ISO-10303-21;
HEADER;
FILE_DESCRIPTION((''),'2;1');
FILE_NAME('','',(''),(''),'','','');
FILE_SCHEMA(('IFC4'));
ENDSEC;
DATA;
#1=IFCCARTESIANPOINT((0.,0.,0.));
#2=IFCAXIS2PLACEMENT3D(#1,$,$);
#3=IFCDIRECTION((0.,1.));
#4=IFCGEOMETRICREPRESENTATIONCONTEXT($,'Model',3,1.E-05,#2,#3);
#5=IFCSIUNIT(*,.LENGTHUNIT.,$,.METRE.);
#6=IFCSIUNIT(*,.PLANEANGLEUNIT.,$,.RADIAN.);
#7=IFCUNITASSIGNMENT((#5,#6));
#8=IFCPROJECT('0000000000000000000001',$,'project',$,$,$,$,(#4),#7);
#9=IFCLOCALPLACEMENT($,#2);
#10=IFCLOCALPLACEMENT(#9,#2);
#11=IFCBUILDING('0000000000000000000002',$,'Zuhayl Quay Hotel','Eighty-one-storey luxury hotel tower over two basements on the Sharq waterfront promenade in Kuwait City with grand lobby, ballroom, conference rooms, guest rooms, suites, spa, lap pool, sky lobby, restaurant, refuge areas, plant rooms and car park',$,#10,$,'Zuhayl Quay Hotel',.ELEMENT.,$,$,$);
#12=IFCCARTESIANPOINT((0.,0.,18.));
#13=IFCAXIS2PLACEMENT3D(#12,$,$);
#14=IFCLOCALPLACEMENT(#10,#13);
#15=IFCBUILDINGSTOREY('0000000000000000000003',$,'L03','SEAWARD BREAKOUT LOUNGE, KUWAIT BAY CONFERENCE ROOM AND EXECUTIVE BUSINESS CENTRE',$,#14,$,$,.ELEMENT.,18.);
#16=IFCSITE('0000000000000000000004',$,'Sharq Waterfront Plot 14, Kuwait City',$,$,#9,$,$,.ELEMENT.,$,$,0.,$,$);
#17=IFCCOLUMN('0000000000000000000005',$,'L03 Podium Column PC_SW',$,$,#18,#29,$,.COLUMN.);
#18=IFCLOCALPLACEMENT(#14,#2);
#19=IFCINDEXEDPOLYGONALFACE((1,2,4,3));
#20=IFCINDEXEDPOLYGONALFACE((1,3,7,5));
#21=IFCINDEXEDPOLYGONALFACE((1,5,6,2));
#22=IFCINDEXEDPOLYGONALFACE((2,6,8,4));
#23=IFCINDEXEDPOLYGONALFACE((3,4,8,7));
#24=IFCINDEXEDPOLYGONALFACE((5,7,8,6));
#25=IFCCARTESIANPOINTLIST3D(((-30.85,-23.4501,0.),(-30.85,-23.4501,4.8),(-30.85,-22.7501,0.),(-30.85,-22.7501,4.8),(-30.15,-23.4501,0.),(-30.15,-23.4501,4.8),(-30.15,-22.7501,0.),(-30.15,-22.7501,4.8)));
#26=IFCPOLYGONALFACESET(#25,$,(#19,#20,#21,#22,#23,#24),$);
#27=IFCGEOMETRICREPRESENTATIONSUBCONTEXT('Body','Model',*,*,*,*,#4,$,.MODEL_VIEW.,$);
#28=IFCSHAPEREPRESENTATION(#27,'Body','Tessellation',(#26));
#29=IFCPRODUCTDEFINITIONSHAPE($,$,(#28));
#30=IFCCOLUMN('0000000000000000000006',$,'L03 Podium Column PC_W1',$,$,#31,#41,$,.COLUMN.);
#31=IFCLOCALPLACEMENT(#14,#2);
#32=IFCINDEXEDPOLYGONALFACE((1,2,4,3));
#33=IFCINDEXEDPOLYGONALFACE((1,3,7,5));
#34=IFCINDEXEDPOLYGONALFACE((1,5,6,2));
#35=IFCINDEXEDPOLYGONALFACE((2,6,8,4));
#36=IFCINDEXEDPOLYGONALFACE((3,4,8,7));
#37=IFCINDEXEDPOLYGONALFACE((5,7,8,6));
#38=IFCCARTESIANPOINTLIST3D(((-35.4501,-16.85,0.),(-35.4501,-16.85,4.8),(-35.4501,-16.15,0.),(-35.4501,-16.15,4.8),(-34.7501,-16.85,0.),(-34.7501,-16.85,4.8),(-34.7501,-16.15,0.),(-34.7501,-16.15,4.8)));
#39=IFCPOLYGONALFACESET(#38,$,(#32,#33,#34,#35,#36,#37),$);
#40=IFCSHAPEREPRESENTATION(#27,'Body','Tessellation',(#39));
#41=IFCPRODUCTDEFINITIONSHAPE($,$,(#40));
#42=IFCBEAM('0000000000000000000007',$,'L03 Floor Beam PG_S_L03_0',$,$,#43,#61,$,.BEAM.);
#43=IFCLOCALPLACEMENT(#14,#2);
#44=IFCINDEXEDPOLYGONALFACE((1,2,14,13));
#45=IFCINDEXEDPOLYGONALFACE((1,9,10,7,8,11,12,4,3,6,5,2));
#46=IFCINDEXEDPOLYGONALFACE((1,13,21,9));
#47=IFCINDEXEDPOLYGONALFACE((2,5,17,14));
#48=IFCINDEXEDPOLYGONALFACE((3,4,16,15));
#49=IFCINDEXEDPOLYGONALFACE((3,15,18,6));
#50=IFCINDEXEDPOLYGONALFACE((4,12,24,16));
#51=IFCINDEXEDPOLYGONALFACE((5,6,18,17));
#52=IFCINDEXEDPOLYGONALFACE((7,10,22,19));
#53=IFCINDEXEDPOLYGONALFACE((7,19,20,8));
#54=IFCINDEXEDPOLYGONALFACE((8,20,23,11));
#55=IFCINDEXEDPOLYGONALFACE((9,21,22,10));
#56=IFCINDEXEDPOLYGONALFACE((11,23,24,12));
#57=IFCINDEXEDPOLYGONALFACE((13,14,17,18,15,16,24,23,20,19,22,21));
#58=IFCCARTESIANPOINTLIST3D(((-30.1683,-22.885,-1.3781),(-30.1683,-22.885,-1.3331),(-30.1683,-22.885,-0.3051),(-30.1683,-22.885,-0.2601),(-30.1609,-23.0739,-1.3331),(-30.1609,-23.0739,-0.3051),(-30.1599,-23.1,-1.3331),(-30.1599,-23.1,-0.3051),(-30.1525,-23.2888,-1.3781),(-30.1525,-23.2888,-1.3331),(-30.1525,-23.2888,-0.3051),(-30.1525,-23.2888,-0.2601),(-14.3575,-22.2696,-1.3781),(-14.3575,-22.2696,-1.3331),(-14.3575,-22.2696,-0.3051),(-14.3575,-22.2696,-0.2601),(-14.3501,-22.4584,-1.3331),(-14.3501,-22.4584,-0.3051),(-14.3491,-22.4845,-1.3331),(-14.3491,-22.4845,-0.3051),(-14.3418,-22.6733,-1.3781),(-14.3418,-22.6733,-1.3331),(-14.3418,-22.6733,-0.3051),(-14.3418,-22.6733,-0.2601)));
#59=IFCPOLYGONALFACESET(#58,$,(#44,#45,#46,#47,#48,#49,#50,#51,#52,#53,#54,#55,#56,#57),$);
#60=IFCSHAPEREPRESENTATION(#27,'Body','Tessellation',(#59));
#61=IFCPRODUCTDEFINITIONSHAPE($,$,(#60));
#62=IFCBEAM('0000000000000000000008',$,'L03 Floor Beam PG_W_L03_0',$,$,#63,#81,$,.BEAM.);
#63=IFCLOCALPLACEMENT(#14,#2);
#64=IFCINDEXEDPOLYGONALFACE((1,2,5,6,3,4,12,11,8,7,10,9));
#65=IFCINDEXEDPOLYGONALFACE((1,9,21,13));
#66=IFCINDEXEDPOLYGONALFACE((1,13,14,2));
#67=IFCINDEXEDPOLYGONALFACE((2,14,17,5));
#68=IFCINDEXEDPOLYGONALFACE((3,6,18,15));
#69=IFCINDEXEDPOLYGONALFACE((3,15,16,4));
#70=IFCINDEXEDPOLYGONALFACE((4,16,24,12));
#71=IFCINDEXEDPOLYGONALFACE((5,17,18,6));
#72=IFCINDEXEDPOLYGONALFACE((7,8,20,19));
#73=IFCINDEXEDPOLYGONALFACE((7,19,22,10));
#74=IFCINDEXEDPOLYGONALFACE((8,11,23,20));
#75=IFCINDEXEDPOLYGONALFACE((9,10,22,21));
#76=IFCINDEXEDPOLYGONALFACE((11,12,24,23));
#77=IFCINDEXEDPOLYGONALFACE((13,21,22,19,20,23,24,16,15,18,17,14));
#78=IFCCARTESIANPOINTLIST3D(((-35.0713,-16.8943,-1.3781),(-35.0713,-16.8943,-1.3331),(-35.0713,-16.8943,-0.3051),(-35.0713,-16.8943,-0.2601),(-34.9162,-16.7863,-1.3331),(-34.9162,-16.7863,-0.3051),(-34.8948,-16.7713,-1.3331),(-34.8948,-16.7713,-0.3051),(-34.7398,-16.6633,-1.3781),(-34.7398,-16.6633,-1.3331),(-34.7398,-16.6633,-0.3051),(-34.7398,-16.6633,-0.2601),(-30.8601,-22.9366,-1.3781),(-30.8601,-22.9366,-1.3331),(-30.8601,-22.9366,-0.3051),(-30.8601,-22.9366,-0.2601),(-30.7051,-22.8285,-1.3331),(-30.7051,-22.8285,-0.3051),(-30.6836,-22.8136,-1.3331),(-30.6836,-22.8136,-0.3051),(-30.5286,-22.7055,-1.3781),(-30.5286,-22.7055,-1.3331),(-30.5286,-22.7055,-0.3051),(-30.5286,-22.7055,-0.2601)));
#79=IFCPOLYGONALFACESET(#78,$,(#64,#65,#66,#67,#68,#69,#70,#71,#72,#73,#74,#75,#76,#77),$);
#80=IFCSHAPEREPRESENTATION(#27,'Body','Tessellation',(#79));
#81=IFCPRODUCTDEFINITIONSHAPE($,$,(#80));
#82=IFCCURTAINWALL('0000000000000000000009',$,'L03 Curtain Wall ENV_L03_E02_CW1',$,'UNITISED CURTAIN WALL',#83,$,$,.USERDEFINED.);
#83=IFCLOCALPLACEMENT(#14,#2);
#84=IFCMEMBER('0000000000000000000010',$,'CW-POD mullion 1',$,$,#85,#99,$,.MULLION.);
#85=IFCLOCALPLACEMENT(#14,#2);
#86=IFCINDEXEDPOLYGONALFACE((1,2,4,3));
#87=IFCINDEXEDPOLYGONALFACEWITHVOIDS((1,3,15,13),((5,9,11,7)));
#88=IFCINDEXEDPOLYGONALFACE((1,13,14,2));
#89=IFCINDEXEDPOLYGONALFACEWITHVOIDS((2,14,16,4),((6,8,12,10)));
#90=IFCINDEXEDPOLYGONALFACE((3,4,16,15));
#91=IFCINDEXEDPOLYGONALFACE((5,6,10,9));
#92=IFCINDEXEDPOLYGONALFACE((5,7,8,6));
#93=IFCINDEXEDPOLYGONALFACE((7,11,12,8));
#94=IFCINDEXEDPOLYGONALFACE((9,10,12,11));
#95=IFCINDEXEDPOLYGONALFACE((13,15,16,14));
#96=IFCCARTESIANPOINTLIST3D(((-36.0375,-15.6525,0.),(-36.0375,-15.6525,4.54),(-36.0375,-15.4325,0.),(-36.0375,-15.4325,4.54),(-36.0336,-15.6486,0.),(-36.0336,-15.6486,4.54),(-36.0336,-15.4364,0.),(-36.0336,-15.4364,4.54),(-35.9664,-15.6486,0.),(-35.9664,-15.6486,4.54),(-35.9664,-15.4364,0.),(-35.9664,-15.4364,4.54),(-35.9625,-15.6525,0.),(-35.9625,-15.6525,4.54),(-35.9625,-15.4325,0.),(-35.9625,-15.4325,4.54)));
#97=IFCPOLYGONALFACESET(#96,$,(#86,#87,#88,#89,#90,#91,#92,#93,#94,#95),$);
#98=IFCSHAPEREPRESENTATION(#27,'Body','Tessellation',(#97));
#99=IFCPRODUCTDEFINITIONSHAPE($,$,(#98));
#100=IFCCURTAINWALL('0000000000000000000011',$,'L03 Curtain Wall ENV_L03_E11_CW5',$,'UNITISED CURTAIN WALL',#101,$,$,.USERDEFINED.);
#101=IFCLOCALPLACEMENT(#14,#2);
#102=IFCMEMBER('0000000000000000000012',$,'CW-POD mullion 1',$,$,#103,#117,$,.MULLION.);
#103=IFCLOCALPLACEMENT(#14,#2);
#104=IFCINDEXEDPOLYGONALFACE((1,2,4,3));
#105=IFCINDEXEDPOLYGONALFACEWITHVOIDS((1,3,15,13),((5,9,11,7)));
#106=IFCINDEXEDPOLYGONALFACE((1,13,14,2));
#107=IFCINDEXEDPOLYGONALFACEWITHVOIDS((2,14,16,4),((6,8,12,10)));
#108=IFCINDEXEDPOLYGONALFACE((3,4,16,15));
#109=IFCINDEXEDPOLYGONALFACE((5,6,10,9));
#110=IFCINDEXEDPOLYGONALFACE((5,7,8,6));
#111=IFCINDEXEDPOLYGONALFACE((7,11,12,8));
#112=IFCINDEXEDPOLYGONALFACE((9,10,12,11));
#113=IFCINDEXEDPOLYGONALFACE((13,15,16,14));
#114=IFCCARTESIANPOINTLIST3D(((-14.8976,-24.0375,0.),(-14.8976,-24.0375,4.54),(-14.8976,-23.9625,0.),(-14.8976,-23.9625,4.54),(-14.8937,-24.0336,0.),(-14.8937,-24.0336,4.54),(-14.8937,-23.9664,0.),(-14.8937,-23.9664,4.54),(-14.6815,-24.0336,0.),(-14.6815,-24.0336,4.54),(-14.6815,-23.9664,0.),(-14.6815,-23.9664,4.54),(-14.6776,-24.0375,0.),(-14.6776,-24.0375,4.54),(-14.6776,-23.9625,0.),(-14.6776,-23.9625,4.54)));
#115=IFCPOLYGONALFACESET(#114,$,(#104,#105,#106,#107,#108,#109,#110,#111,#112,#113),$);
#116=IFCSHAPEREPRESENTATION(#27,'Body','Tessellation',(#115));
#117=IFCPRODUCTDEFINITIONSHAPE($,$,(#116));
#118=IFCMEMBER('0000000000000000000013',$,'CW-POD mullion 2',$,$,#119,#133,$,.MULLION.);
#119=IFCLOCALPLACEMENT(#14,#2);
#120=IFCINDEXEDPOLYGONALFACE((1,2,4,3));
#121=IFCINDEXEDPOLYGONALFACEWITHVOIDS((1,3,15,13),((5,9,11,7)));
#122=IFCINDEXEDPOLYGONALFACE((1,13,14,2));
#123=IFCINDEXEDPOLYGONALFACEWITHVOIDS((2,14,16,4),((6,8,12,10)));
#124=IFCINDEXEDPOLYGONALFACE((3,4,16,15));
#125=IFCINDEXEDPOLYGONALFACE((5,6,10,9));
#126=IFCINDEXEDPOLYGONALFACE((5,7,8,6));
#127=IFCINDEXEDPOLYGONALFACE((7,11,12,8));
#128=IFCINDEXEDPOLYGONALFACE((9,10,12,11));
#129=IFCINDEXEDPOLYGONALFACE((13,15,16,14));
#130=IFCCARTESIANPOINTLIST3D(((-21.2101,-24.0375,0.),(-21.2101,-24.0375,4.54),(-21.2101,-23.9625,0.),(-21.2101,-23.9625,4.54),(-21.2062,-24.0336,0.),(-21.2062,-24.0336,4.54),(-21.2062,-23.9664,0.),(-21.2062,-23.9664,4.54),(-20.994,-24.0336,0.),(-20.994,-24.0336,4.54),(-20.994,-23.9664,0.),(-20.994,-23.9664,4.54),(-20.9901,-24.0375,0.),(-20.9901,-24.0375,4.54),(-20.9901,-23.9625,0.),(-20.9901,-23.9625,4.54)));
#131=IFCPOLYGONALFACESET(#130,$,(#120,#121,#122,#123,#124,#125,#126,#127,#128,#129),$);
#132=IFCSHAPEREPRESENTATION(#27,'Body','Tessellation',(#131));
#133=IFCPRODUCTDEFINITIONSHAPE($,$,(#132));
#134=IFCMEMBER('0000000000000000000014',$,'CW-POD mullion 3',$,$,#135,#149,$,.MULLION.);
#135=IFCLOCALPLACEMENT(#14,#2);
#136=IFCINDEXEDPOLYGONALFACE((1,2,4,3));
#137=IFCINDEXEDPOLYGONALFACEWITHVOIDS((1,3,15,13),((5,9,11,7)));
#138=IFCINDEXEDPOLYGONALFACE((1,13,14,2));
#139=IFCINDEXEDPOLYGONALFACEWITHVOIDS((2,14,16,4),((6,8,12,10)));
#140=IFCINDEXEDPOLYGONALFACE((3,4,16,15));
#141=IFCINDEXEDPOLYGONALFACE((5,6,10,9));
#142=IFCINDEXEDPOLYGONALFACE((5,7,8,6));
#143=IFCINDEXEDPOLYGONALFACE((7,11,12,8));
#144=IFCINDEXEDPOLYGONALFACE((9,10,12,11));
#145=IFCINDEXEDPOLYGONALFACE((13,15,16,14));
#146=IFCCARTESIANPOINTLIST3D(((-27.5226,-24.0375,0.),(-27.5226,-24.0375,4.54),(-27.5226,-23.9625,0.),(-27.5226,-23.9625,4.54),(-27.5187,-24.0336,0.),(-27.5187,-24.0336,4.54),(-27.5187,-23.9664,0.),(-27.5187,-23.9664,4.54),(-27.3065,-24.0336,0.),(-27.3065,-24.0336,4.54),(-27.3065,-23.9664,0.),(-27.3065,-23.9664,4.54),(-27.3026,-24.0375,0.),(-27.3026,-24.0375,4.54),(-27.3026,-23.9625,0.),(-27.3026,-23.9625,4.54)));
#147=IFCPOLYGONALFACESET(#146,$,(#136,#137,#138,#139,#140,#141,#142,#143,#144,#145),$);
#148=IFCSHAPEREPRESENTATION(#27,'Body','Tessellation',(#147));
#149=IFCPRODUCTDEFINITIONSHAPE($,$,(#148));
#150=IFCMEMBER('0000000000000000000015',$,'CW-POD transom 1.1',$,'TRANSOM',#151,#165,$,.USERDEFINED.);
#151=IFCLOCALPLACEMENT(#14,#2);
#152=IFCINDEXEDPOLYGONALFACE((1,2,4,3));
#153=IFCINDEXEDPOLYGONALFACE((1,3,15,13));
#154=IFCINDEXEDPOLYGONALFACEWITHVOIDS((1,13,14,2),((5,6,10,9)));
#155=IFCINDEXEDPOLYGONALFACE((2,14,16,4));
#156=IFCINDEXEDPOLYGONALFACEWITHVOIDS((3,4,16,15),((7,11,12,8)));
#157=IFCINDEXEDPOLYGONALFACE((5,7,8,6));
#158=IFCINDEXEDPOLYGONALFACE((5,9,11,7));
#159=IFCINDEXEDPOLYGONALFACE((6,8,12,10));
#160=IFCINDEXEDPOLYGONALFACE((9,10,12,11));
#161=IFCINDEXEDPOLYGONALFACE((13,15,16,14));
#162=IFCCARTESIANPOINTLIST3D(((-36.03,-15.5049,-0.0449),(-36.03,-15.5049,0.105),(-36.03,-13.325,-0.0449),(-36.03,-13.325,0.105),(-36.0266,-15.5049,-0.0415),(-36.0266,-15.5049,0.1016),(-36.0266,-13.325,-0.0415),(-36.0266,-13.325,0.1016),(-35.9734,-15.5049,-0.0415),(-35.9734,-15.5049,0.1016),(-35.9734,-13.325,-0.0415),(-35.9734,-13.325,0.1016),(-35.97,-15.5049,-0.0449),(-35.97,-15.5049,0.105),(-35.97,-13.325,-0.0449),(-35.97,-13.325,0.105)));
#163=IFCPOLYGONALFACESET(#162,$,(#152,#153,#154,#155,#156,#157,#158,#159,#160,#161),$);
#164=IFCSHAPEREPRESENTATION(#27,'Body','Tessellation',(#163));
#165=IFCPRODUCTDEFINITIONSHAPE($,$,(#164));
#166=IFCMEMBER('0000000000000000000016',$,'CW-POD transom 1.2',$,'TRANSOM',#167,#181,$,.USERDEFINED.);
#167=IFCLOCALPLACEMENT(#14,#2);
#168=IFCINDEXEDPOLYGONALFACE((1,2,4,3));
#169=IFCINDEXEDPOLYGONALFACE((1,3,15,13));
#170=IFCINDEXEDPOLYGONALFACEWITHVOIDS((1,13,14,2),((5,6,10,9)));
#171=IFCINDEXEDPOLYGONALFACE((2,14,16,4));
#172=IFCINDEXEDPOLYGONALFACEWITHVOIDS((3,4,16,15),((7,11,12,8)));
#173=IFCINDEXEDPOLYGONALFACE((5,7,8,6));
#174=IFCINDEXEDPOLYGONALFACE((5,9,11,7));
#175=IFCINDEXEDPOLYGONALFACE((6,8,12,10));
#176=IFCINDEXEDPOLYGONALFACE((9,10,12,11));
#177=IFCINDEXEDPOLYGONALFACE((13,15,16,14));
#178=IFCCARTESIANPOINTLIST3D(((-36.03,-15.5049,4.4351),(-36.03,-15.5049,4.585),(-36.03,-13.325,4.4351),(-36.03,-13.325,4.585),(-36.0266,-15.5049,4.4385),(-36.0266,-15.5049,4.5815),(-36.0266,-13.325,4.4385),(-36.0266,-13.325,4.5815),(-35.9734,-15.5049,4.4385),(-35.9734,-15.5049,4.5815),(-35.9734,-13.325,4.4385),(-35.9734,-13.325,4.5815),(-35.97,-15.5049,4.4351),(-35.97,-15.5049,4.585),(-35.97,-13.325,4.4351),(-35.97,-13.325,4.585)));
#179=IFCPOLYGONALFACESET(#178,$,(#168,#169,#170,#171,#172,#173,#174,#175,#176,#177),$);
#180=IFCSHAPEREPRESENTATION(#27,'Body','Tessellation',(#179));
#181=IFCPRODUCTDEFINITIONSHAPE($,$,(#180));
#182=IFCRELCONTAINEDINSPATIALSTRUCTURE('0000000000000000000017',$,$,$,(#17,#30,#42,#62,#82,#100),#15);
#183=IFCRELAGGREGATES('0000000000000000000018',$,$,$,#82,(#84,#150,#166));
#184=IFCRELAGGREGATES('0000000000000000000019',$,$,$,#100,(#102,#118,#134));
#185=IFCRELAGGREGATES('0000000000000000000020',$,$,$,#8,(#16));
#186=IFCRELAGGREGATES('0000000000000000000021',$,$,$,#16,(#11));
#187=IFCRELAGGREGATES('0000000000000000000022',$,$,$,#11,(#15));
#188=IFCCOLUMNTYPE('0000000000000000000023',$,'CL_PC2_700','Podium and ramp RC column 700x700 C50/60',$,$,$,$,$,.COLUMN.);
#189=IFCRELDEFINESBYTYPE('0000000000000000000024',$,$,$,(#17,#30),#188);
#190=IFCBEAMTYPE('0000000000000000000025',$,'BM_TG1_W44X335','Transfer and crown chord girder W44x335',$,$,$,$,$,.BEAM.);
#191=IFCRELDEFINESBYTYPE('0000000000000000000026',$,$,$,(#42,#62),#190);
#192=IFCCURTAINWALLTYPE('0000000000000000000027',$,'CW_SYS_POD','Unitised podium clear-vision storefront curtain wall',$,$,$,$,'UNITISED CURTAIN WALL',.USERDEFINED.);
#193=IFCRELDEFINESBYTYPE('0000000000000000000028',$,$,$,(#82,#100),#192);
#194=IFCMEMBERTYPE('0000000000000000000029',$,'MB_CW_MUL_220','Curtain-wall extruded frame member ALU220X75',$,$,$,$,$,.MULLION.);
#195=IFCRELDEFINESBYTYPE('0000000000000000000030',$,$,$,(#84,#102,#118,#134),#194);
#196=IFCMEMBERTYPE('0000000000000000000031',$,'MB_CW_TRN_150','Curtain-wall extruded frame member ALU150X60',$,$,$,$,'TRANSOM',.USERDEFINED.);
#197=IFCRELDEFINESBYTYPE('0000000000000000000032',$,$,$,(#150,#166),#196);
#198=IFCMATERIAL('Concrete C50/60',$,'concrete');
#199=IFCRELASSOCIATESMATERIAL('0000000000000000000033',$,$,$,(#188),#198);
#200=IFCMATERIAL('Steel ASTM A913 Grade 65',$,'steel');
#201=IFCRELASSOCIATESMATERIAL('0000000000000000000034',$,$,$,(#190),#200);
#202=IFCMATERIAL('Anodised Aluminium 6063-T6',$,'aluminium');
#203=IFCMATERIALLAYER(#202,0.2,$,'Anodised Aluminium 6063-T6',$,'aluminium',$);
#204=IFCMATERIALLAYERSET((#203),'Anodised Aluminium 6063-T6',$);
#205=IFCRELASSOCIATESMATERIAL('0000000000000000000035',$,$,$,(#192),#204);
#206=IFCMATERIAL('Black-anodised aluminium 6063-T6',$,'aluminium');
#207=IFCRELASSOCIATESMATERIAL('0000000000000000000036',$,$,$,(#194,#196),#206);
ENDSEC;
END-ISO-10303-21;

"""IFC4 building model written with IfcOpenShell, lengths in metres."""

from ifc_helpers import new_model, si_unit, direction, frame, origin, origin_2d, place, context, subcontext, project, spatial, rectangle, hollow_rectangle, i_section, extrude, material, layer, layer_set, material_profile, profile_set, type_object, element, aggregate, save


model = new_model("IFC4")

# Units and contexts
model_context = context("Model", 3, precision=1e-05, world=origin(), true_north=direction((0.0, 1.0)))
body_context = subcontext(model_context, "Body", "Model", "MODEL_VIEW")
ifc_project = project(units=[si_unit("LENGTHUNIT", "METRE"), si_unit("PLANEANGLEUNIT", "RADIAN")], contexts=[model_context])

# Site, building, storey
site_placement = place(None, origin())
site = spatial("IfcSite", under=ifc_project, at=site_placement, Name="Sharq Waterfront Plot 14, Kuwait City", CompositionType="ELEMENT", RefElevation=0.0)
building_placement = place(site_placement, origin())
building = spatial("IfcBuilding", under=site, at=building_placement, Name="Zuhayl Quay Hotel", Description="Eighty-one-storey luxury hotel tower over two basements on the Sharq waterfront promenade in Kuwait City with grand lobby, ballroom, conference rooms, guest rooms, suites, spa, lap pool, sky lobby, restaurant, refuge areas, plant rooms and car park", LongName="Zuhayl Quay Hotel", CompositionType="ELEMENT")
storey_placement = place(building_placement, frame((0.0, 0.0, 18.0)))
storey = spatial("IfcBuildingStorey", under=building, at=storey_placement, Name="L03", Description="SEAWARD BREAKOUT LOUNGE, KUWAIT BAY CONFERENCE ROOM AND EXECUTIVE BUSINESS CENTRE", CompositionType="ELEMENT", Elevation=18.0)

# Columns
ifc_material_1 = material(Name="Concrete C50/60", Category="concrete")
ifc_material_profile_1 = material_profile(ifc_material_1, rectangle(XDim=0.7, YDim=0.7, at=origin_2d()), Name="RC700X700")
ifc_profile_set_1 = profile_set([ifc_material_profile_1], Name="Concrete C50/60")
column_type = type_object("IfcColumnType", Name="CL_PC2_700", Description="Podium and ramp RC column 700x700 C50/60", PredefinedType="COLUMN", material=ifc_profile_set_1)
for number, where, z_axis, x_axis, name in (
    (1, (-30.5, -23.1001, 0.0), (0.0, 0.0, 1.0), (1.0, 0.0, 0.0), "L03 Podium Column PC_SW"),
    (2, (-35.1001, -16.5, 0.0), (0.0, 0.0, 1.0), (1.0, 0.0, 0.0), "L03 Podium Column PC_W1"),
):
    element("IfcColumn", number, at=place(storey_placement, frame(where, z_axis=z_axis, x_axis=x_axis)), inside=storey, type_object=column_type, Name=name, PredefinedType="COLUMN", context=body_context, shape_type="SweptSolid", body=[
        extrude(rectangle(XDim=0.7, YDim=0.7, at=origin_2d()), origin(), (0.0, 0.0, 1.0), 4.8),
    ])

# Beams
ifc_material_2 = material(Name="Steel ASTM A913 Grade 65", Category="steel")
ifc_material_profile_2 = material_profile(ifc_material_2, i_section(OverallWidth=0.4041, OverallDepth=1.1179, WebThickness=0.0261, FlangeThickness=0.0449, at=origin_2d()), Name="W44X335")
ifc_profile_set_2 = profile_set([ifc_material_profile_2], Name="Steel ASTM A913 Grade 65")
beam_type = type_object("IfcBeamType", Name="BM_TG1_W44X335", Description="Transfer and crown chord girder W44x335", PredefinedType="BEAM", material=ifc_profile_set_2)
beam_1_placement = place(storey_placement, frame((-30.1604, -23.0869, -0.8191), z_axis=(0.999243, 0.038898, 0.0), x_axis=(-0.038898, 0.999243, 0.0)))
element("IfcBeam", 3, at=beam_1_placement, inside=storey, type_object=beam_type, Name="L03 Floor Beam PG_S_L03_0", PredefinedType="BEAM", context=body_context, shape_type="SweptSolid", body=[
    extrude(i_section(OverallWidth=0.4041, OverallDepth=1.1179, WebThickness=0.0261, FlangeThickness=0.0449, at=origin_2d()), origin(), (0.0, 0.0, 1.0), 15.8228),
])
beam_2_placement = place(storey_placement, frame((-30.6943, -22.821, -0.8191), z_axis=(-0.571786, 0.820403, 0.0), x_axis=(-0.820403, -0.571786, 0.0)))
element("IfcBeam", 4, at=beam_2_placement, inside=storey, type_object=beam_type, Name="L03 Floor Beam PG_W_L03_0", PredefinedType="BEAM", context=body_context, shape_type="SweptSolid", body=[
    extrude(i_section(OverallWidth=0.4041, OverallDepth=1.1179, WebThickness=0.0261, FlangeThickness=0.0449, at=origin_2d()), origin(), (0.0, 0.0, 1.0), 7.365),
])

# Curtain wall, member
ifc_material_3 = material(Name="Anodised Aluminium 6063-T6", Category="aluminium")
ifc_layer_1 = layer(ifc_material_3, 0.2, Name="Anodised Aluminium 6063-T6", Category="aluminium")
ifc_layer_set_1 = layer_set([ifc_layer_1], Name="Anodised Aluminium 6063-T6")
curtain_wall_type = type_object("IfcCurtainWallType", Name="CW_SYS_POD", Description="Unitised podium clear-vision storefront curtain wall", ElementType="UNITISED CURTAIN WALL", PredefinedType="USERDEFINED", material=ifc_layer_set_1)
curtain_wall_1_placement = place(storey_placement, origin())
curtain_wall_1 = element("IfcCurtainWall", 5, at=curtain_wall_1_placement, inside=storey, type_object=curtain_wall_type, Name="L03 Curtain Wall ENV_L03_E02_CW1", ObjectType="UNITISED CURTAIN WALL", PredefinedType="USERDEFINED")
ifc_material_4 = material(Name="Black-anodised aluminium 6063-T6", Category="aluminium")
ifc_material_profile_3 = material_profile(ifc_material_4, hollow_rectangle(XDim=0.075, YDim=0.22, WallThickness=0.0039, at=origin_2d()), Name="ALU220X75")
ifc_profile_set_3 = profile_set([ifc_material_profile_3], Name="Black-anodised aluminium 6063-T6")
member_type_1 = type_object("IfcMemberType", Name="MB_CW_MUL_220", Description="Curtain-wall extruded frame member ALU220X75", PredefinedType="MULLION", material=ifc_profile_set_3)
member_1_placement = place(storey_placement, frame((-36.0, -15.5425, 0.0), z_axis=(0.0, 0.0, 1.0), x_axis=(-1.0, 0.0, 0.0)))
member_1 = element("IfcMember", 6, at=member_1_placement, type_object=member_type_1, Name="CW-POD mullion 1", PredefinedType="MULLION", context=body_context, shape_type="SweptSolid", body=[
    extrude(hollow_rectangle(XDim=0.075, YDim=0.22, WallThickness=0.0039, at=origin_2d()), origin(), (0.0, 0.0, 1.0), 4.54),
])

# Curtain wall, members
curtain_wall_2_placement = place(storey_placement, origin())
curtain_wall_2 = element("IfcCurtainWall", 7, at=curtain_wall_2_placement, inside=storey, type_object=curtain_wall_type, Name="L03 Curtain Wall ENV_L03_E11_CW5", ObjectType="UNITISED CURTAIN WALL", PredefinedType="USERDEFINED")
member_2_placement = place(storey_placement, frame((-14.7876, -24.0, 0.0), z_axis=(0.0, 0.0, 1.0), x_axis=(0.0, -1.0, 0.0)))
member_2 = element("IfcMember", 8, at=member_2_placement, type_object=member_type_1, Name="CW-POD mullion 1", PredefinedType="MULLION", context=body_context, shape_type="SweptSolid", body=[
    extrude(hollow_rectangle(XDim=0.075, YDim=0.22, WallThickness=0.0039, at=origin_2d()), origin(), (0.0, 0.0, 1.0), 4.54),
])
member_3_placement = place(storey_placement, frame((-21.1001, -24.0, 0.0), z_axis=(0.0, 0.0, 1.0), x_axis=(0.0, -1.0, 0.0)))
member_3 = element("IfcMember", 9, at=member_3_placement, type_object=member_type_1, Name="CW-POD mullion 2", PredefinedType="MULLION", context=body_context, shape_type="SweptSolid", body=[
    extrude(hollow_rectangle(XDim=0.075, YDim=0.22, WallThickness=0.0039, at=origin_2d()), origin(), (0.0, 0.0, 1.0), 4.54),
])
member_4_placement = place(storey_placement, frame((-27.4126, -24.0, 0.0), z_axis=(0.0, 0.0, 1.0), x_axis=(0.0, -1.0, 0.0)))
member_4 = element("IfcMember", 10, at=member_4_placement, type_object=member_type_1, Name="CW-POD mullion 3", PredefinedType="MULLION", context=body_context, shape_type="SweptSolid", body=[
    extrude(hollow_rectangle(XDim=0.075, YDim=0.22, WallThickness=0.0039, at=origin_2d()), origin(), (0.0, 0.0, 1.0), 4.54),
])

# Members
ifc_material_profile_4 = material_profile(ifc_material_4, hollow_rectangle(XDim=0.0601, YDim=0.1499, WallThickness=0.0034, at=origin_2d()), Name="ALU150X60")
ifc_profile_set_4 = profile_set([ifc_material_profile_4], Name="Black-anodised aluminium 6063-T6")
member_type_2 = type_object("IfcMemberType", Name="MB_CW_TRN_150", Description="Curtain-wall extruded frame member ALU150X60", ElementType="TRANSOM", PredefinedType="USERDEFINED", material=ifc_profile_set_4)
member_5_placement = place(storey_placement, frame((-36.0, -15.5049, 0.03), z_axis=(0.0, 1.0, 0.0), x_axis=(-1.0, 0.0, 0.0)))
member_5 = element("IfcMember", 11, at=member_5_placement, type_object=member_type_2, Name="CW-POD transom 1.1", ObjectType="TRANSOM", PredefinedType="USERDEFINED", context=body_context, shape_type="SweptSolid", body=[
    extrude(hollow_rectangle(XDim=0.0601, YDim=0.1499, WallThickness=0.0034, at=origin_2d()), origin(), (0.0, 0.0, 1.0), 2.1799),
])
member_6_placement = place(storey_placement, frame((-36.0, -15.5049, 4.51), z_axis=(0.0, 1.0, 0.0), x_axis=(-1.0, 0.0, 0.0)))
member_6 = element("IfcMember", 12, at=member_6_placement, type_object=member_type_2, Name="CW-POD transom 1.2", ObjectType="TRANSOM", PredefinedType="USERDEFINED", context=body_context, shape_type="SweptSolid", body=[
    extrude(hollow_rectangle(XDim=0.0601, YDim=0.1499, WallThickness=0.0034, at=origin_2d()), origin(), (0.0, 0.0, 1.0), 2.1799),
])

aggregate(curtain_wall_1, [member_1, member_5, member_6])
aggregate(curtain_wall_2, [member_2, member_3, member_4])

save(model, "model.ifc")
